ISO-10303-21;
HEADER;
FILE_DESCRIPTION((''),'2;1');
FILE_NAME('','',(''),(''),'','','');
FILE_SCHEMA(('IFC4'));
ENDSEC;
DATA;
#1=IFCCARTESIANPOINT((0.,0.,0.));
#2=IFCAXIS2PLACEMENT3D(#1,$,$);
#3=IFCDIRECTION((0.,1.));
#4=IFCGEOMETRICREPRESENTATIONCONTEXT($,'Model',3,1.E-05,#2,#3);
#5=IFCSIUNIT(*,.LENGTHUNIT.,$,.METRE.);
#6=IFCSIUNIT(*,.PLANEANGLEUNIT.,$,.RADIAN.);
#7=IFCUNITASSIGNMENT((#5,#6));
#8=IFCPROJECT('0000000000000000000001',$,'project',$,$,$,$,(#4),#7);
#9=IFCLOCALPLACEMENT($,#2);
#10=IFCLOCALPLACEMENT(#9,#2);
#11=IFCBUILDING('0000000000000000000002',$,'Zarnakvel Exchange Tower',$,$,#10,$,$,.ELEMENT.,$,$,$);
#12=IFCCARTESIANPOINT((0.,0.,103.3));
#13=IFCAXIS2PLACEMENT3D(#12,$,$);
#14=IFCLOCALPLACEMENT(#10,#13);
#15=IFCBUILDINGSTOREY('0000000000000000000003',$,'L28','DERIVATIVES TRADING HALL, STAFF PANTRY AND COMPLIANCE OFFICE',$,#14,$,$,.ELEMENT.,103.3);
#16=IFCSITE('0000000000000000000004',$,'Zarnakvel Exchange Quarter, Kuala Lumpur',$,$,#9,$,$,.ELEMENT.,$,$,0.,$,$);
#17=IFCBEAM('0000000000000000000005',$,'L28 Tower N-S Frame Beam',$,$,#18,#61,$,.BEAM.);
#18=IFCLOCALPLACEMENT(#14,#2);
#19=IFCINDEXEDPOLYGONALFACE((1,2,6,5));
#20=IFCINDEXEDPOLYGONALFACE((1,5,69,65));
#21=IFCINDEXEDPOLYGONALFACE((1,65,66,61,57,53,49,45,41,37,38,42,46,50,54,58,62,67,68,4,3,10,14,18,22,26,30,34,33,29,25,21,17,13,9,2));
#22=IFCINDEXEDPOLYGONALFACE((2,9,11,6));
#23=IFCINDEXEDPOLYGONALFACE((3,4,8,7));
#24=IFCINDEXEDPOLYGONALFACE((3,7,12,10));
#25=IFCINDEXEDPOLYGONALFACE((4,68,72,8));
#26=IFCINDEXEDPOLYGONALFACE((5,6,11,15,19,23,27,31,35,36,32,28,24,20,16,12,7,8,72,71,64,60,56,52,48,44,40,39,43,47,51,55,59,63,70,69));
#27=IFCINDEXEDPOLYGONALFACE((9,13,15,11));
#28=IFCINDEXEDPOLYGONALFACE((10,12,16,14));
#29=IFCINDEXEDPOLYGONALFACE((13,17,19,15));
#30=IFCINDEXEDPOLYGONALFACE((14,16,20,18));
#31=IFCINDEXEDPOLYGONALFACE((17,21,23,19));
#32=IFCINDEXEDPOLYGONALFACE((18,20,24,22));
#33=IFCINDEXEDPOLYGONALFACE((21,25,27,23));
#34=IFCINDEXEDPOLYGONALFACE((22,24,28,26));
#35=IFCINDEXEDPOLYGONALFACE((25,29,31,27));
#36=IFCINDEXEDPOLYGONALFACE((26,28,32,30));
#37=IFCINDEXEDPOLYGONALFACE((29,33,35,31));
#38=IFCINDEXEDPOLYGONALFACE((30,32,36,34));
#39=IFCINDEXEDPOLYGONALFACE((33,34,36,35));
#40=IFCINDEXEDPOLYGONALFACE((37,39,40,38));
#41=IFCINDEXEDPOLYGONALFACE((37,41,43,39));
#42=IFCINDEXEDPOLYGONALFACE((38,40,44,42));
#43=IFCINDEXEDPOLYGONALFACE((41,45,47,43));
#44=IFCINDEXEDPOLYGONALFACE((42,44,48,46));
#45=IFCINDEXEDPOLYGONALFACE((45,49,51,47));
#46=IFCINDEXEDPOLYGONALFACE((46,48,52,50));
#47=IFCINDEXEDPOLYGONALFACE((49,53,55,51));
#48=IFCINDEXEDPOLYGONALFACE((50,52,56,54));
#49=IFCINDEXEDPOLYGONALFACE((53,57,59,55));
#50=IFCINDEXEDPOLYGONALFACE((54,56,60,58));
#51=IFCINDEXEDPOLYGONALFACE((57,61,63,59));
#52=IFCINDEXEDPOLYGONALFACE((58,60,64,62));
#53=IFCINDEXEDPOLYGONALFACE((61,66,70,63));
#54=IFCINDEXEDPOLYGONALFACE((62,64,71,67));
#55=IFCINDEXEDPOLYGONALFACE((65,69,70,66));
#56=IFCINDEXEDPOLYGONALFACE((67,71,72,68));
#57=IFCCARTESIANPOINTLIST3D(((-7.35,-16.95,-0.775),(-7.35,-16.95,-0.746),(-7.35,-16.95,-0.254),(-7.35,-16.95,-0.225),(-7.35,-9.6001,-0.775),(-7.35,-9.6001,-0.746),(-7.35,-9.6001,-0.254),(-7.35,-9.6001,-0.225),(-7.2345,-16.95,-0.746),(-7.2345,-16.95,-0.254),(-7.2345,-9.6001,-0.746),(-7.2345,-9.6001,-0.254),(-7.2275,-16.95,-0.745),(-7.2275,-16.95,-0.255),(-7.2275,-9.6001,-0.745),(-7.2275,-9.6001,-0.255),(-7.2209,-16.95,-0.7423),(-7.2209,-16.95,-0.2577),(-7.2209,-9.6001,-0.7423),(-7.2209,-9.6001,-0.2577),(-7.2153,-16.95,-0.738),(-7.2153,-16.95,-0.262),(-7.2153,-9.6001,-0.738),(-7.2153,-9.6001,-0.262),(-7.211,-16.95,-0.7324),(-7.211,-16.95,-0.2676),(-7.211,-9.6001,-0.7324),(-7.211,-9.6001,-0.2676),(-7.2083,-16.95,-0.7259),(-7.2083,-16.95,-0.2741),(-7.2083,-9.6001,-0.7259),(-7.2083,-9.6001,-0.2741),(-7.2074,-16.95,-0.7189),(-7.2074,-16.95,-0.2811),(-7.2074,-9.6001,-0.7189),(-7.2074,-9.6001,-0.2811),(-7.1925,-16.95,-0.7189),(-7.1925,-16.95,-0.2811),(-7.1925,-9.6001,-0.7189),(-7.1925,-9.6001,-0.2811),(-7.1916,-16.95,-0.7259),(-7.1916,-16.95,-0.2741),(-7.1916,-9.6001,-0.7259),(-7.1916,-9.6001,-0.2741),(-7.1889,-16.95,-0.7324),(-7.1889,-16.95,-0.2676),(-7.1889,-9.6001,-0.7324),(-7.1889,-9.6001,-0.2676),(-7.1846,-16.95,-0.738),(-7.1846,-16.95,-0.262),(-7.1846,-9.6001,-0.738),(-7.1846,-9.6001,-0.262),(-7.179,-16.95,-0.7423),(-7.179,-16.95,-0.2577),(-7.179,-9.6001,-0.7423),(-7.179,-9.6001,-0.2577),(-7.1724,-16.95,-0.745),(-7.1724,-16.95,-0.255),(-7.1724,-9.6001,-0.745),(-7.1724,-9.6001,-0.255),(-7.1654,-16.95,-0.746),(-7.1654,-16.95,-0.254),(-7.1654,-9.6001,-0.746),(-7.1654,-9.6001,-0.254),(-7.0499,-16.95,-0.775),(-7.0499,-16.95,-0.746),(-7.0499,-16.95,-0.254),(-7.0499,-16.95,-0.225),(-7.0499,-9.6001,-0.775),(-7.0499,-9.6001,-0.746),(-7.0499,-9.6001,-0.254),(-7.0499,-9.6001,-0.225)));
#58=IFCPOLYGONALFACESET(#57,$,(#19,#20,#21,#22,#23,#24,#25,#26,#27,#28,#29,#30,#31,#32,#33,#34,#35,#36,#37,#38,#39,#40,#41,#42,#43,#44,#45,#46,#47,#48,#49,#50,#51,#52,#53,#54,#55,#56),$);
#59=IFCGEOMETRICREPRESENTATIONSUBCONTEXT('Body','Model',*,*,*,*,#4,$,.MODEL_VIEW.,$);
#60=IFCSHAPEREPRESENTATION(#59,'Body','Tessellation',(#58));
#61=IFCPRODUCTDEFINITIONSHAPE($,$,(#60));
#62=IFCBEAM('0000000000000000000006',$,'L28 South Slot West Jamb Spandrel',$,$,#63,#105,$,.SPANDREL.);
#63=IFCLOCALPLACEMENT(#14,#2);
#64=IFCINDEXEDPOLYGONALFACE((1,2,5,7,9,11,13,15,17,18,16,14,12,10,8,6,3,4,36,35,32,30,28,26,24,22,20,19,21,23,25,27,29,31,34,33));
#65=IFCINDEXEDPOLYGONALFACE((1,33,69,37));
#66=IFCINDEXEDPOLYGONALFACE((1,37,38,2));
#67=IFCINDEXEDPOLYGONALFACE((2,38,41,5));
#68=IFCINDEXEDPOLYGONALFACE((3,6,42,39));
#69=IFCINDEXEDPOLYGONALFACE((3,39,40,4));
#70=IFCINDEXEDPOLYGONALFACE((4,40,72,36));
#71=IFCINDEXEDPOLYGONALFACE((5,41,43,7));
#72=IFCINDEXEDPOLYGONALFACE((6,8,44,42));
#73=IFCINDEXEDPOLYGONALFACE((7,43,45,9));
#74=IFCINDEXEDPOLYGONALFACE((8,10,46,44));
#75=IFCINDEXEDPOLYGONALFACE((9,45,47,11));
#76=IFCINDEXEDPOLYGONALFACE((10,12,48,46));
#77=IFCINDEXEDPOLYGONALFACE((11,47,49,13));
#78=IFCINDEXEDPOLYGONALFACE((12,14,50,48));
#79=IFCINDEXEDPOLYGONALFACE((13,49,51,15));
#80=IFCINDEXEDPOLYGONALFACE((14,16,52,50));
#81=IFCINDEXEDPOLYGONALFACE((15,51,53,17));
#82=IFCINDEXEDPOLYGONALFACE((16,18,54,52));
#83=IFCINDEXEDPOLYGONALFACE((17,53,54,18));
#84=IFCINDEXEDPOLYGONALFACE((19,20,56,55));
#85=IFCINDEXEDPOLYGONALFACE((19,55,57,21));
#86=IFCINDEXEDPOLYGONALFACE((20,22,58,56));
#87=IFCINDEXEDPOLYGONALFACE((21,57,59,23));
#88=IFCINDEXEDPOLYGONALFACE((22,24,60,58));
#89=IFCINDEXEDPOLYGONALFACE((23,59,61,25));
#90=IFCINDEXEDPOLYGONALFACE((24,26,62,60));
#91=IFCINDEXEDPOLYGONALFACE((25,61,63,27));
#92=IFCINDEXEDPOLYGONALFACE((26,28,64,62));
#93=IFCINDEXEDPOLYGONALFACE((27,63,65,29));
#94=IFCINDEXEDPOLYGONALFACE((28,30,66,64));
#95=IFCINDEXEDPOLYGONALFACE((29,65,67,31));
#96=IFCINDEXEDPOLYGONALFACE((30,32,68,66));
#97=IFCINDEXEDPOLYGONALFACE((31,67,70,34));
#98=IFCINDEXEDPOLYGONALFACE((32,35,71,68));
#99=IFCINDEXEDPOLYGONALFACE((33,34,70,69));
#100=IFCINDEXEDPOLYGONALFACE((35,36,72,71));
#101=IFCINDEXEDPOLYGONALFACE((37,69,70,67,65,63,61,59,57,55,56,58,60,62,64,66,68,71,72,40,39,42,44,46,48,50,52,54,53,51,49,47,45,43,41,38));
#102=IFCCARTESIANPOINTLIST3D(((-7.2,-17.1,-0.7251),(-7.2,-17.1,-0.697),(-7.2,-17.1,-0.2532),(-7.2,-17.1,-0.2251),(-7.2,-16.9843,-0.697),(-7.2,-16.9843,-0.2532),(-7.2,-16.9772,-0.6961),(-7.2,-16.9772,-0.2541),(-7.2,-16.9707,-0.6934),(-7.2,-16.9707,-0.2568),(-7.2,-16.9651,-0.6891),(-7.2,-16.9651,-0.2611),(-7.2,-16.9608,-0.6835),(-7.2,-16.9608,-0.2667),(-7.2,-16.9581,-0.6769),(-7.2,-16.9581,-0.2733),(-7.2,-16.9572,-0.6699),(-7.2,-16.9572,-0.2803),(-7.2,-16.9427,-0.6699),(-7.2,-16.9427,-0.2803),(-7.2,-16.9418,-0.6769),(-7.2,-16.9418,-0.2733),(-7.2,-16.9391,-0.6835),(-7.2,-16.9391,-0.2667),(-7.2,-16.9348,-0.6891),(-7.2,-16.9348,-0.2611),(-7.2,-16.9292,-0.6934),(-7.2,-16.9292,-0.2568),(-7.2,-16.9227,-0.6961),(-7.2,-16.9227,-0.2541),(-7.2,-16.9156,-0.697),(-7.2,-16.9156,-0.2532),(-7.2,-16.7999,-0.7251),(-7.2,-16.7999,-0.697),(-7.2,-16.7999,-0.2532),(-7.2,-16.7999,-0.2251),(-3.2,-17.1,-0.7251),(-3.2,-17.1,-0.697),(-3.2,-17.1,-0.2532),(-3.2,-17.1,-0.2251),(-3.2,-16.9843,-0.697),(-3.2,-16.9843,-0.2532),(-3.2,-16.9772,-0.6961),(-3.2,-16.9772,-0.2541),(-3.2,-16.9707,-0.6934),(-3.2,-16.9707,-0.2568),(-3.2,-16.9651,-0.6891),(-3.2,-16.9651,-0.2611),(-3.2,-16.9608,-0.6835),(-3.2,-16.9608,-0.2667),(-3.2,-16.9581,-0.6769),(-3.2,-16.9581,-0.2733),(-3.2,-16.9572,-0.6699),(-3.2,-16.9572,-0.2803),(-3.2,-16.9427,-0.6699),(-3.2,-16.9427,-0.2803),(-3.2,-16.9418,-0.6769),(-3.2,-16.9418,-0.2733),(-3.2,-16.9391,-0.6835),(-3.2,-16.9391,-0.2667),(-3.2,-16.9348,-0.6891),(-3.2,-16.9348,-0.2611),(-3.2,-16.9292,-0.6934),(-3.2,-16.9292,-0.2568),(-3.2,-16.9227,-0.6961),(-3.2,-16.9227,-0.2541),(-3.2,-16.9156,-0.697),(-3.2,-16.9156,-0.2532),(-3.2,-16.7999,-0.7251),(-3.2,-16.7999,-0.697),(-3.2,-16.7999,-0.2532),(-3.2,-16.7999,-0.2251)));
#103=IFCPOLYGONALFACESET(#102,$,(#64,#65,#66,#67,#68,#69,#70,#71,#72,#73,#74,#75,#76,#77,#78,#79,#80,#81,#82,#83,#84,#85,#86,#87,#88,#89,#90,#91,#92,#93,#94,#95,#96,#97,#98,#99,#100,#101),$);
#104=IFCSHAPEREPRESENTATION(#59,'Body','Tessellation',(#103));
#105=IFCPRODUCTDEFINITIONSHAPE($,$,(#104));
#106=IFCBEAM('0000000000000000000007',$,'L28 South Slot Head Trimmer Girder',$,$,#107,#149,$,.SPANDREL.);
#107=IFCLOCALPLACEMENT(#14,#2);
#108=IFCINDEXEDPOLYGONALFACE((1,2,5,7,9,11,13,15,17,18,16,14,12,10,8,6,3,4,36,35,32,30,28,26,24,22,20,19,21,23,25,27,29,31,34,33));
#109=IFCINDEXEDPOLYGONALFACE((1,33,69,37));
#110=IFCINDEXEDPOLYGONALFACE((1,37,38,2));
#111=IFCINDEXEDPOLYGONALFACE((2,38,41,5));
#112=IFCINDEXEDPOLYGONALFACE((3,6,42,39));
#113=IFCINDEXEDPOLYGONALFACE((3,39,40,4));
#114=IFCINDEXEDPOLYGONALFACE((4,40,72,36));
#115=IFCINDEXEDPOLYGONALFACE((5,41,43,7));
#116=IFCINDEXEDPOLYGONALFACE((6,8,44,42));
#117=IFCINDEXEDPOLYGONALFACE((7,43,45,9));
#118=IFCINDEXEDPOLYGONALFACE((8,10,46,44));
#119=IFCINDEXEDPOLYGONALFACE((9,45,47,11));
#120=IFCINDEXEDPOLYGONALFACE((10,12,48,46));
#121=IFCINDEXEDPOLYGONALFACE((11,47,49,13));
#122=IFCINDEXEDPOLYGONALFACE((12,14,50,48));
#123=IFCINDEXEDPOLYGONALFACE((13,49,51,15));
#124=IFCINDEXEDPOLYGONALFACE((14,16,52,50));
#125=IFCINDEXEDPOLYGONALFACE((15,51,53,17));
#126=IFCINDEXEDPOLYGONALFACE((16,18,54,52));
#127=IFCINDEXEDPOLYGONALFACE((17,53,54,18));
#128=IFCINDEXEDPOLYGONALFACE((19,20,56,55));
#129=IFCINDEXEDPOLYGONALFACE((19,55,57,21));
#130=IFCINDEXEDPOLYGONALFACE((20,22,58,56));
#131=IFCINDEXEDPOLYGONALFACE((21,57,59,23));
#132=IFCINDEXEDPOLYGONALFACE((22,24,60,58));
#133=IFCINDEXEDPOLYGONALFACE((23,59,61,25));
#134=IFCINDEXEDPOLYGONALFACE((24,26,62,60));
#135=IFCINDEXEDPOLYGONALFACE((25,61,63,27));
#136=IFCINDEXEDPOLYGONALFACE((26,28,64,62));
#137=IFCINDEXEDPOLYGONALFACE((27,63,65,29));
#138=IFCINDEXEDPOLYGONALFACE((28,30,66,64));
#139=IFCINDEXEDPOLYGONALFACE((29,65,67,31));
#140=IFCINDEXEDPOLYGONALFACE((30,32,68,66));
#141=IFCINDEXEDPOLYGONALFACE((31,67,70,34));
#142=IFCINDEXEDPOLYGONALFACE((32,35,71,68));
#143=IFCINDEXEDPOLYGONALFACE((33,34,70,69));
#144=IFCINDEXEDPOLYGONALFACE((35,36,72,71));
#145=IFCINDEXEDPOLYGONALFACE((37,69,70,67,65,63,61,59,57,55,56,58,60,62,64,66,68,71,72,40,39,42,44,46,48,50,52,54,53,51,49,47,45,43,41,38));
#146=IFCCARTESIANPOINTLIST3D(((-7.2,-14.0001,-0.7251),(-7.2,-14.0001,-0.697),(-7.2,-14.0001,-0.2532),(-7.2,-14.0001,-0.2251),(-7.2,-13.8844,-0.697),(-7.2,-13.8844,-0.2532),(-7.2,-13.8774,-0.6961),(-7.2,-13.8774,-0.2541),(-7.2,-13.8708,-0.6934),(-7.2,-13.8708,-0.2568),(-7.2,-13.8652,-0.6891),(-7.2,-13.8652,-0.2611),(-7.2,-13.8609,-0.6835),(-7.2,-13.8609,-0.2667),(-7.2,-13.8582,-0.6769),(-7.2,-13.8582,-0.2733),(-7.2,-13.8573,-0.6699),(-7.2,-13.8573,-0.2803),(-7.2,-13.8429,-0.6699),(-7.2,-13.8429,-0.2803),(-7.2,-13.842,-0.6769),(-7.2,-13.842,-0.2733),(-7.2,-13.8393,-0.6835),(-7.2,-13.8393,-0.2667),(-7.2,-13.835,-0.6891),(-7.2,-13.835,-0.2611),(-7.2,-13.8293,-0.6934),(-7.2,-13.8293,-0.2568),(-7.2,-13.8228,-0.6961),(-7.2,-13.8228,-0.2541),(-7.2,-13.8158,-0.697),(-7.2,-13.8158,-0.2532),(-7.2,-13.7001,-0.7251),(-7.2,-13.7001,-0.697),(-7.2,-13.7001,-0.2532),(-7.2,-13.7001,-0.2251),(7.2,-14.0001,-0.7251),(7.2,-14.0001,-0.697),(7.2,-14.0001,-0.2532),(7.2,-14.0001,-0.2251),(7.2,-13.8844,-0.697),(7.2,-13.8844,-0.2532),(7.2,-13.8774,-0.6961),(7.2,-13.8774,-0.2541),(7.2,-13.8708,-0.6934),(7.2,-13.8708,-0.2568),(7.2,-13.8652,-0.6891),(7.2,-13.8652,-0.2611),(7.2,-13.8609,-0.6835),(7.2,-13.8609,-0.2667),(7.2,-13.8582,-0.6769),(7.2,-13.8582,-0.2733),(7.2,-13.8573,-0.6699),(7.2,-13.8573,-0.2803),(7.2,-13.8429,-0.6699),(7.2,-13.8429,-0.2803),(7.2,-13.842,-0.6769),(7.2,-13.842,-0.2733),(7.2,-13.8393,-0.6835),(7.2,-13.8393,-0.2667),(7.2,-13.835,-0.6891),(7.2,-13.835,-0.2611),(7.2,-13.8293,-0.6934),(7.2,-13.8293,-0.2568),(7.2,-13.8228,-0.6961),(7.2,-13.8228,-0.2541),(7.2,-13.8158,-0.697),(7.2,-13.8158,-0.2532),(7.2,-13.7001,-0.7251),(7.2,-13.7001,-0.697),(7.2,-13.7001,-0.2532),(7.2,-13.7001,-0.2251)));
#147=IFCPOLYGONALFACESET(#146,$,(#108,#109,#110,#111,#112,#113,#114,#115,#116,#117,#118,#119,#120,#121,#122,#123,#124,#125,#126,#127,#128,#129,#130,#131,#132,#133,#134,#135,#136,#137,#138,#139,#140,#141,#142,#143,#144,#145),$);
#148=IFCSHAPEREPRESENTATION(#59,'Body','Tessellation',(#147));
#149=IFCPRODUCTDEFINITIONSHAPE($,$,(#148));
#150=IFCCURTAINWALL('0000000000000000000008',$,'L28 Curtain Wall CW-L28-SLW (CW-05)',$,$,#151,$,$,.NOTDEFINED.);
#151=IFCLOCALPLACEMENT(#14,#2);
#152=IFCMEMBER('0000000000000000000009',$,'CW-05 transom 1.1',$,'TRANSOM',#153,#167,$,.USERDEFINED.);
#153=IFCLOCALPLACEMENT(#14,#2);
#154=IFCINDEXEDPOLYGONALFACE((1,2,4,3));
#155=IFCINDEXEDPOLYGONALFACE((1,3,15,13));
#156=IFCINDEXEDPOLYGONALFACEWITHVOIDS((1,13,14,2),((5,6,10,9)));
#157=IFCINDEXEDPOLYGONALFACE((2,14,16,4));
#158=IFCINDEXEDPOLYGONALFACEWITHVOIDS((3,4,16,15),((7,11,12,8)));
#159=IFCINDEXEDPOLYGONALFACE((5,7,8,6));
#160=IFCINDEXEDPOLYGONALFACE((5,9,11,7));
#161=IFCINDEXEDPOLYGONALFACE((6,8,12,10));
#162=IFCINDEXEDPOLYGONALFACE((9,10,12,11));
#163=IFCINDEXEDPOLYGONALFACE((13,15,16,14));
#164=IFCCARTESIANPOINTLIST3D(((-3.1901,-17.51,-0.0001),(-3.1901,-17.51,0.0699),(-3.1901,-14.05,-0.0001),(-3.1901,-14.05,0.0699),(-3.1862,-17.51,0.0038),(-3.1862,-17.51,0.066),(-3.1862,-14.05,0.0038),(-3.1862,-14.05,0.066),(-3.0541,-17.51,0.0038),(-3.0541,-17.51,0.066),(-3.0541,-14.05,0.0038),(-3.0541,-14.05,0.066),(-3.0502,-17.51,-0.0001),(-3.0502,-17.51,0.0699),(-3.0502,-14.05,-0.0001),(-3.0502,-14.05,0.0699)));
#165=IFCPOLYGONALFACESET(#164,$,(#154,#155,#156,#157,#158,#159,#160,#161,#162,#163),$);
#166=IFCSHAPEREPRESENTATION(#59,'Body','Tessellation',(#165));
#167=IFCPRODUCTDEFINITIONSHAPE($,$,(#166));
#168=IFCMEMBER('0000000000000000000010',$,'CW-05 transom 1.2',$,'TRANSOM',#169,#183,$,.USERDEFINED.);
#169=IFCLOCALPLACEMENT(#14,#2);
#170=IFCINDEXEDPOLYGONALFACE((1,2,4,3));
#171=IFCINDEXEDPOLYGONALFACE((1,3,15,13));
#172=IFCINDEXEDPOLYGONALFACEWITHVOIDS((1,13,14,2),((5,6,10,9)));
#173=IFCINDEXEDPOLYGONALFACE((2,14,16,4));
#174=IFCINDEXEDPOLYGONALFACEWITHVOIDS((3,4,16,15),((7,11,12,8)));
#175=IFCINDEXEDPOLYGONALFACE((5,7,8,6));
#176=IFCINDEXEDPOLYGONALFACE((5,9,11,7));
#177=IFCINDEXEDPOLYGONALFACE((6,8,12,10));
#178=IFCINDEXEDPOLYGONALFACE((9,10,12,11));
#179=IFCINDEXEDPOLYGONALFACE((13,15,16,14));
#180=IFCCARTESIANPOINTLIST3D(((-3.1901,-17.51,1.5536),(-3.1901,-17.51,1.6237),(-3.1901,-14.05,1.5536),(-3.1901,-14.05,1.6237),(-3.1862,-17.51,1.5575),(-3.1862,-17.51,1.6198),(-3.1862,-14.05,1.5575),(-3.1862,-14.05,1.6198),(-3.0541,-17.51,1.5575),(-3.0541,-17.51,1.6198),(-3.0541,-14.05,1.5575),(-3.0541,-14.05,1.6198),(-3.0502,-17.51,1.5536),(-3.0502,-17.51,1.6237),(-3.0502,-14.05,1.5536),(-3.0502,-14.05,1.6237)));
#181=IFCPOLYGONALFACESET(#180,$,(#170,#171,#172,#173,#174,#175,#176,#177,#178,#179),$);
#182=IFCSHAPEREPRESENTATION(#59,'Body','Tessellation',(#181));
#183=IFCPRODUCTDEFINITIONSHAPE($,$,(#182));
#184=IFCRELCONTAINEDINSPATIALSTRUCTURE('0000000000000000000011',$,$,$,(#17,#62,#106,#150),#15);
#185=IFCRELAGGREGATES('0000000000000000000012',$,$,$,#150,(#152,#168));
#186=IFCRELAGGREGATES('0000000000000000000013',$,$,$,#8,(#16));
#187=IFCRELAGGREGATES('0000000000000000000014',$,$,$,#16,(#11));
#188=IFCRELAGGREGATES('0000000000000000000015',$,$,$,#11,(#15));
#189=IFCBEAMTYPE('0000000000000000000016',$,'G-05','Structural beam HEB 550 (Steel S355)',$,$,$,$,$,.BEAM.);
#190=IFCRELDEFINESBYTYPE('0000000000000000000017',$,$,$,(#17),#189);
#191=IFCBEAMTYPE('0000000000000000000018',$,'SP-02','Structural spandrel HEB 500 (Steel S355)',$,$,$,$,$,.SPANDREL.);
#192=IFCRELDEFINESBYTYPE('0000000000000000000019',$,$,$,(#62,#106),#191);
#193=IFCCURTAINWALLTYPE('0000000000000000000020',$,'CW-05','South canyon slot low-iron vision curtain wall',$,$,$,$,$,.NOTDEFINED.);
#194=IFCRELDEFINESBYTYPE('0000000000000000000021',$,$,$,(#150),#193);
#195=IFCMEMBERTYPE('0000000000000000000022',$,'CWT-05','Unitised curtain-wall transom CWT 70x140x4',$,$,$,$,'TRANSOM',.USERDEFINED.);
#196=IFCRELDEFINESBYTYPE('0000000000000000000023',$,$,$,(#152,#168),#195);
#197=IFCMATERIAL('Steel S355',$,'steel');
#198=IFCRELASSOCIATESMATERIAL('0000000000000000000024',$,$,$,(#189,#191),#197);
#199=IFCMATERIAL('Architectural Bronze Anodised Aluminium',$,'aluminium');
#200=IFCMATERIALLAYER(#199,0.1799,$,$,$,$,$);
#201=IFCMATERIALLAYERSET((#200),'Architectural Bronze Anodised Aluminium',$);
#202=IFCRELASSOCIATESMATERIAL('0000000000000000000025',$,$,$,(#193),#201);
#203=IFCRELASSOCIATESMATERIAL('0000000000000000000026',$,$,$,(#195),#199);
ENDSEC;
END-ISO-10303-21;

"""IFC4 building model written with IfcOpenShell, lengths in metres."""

from ifc_helpers import new_model, si_unit, direction, frame, origin, origin_2d, place, context, subcontext, project, spatial, hollow_rectangle, i_section, extrude, source, transform, mapped, material, layer, layer_set, material_profile, profile_set, type_object, element, aggregate, save


model = new_model("IFC4")

# Units and contexts
model_context = context("Model", 3, precision=1e-05, world=origin(), true_north=direction((0.0, 1.0)))
body_context = subcontext(model_context, "Body", "Model", "MODEL_VIEW")
ifc_project = project(units=[si_unit("LENGTHUNIT", "METRE"), si_unit("PLANEANGLEUNIT", "RADIAN")], contexts=[model_context])

# Site, building, storey
site_placement = place(None, origin())
site = spatial("IfcSite", under=ifc_project, at=site_placement, Name="Zarnakvel Exchange Quarter, Kuala Lumpur", CompositionType="ELEMENT", RefElevation=0.0)
building_placement = place(site_placement, origin())
building = spatial("IfcBuilding", under=site, at=building_placement, Name="Zarnakvel Exchange Tower", CompositionType="ELEMENT")
storey_placement = place(building_placement, frame((0.0, 0.0, 103.3)))
storey = spatial("IfcBuildingStorey", under=building, at=storey_placement, Name="L28", Description="DERIVATIVES TRADING HALL, STAFF PANTRY AND COMPLIANCE OFFICE", CompositionType="ELEMENT", Elevation=103.3)

# Beams
ifc_material_1 = material(Name="Steel S355", Category="steel")
ifc_material_profile_1 = material_profile(ifc_material_1, i_section(OverallWidth=0.3, OverallDepth=0.55, WebThickness=0.0149, FlangeThickness=0.0291, FilletRadius=0.0271, at=origin_2d()))
ifc_profile_set_1 = profile_set([ifc_material_profile_1], Name="Steel S355")
beam_type_1 = type_object("IfcBeamType", Name="G-05", Description="Structural beam HEB 550 (Steel S355)", PredefinedType="BEAM", material=ifc_profile_set_1)
for number, where, z_axis, x_axis, name in (
    (1, (-7.2, -16.95, -0.5), (0.0, 1.0, 0.0), (-1.0, 0.0, 0.0), "L28 Tower N-S Frame Beam"),
):
    element("IfcBeam", number, at=place(storey_placement, frame(where, z_axis=z_axis, x_axis=x_axis)), inside=storey, type_object=beam_type_1, Name=name, PredefinedType="BEAM", context=body_context, shape_type="SweptSolid", body=[
        extrude(i_section(OverallWidth=0.3, OverallDepth=0.55, WebThickness=0.0149, FlangeThickness=0.0291, FilletRadius=0.0271, at=origin_2d()), origin(), (0.0, 0.0, 1.0), 7.3499),
    ])
ifc_material_profile_2 = material_profile(ifc_material_1, i_section(OverallWidth=0.3, OverallDepth=0.5, WebThickness=0.0144, FlangeThickness=0.0281, FilletRadius=0.0271, at=origin_2d()))
ifc_profile_set_2 = profile_set([ifc_material_profile_2], Name="Steel S355")
beam_type_2 = type_object("IfcBeamType", Name="SP-02", Description="Structural spandrel HEB 500 (Steel S355)", PredefinedType="SPANDREL", material=ifc_profile_set_2)
beam_1_placement = place(storey_placement, frame((-7.2, -16.95, -0.4751), z_axis=(1.0, 0.0, 0.0), x_axis=(0.0, 1.0, 0.0)))
element("IfcBeam", 2, at=beam_1_placement, inside=storey, type_object=beam_type_2, Name="L28 South Slot West Jamb Spandrel", PredefinedType="SPANDREL", context=body_context, shape_type="SweptSolid", body=[
    extrude(i_section(OverallWidth=0.3, OverallDepth=0.5, WebThickness=0.0144, FlangeThickness=0.0281, FilletRadius=0.0271, at=origin_2d()), origin(), (0.0, 0.0, 1.0), 4.0),
])
beam_2_placement = place(storey_placement, frame((-7.2, -13.8501, -0.4751), z_axis=(1.0, 0.0, 0.0), x_axis=(0.0, 1.0, 0.0)))
element("IfcBeam", 3, at=beam_2_placement, inside=storey, type_object=beam_type_2, Name="L28 South Slot Head Trimmer Girder", PredefinedType="SPANDREL", context=body_context, shape_type="SweptSolid", body=[
    extrude(i_section(OverallWidth=0.3, OverallDepth=0.5, WebThickness=0.0144, FlangeThickness=0.0281, FilletRadius=0.0271, at=origin_2d()), origin(), (0.0, 0.0, 1.0), 14.3999),
])

# Curtain wall, members
ifc_material_2 = material(Name="Architectural Bronze Anodised Aluminium", Category="aluminium")
ifc_layer_1 = layer(ifc_material_2, 0.1799)
ifc_layer_set_1 = layer_set([ifc_layer_1], Name="Architectural Bronze Anodised Aluminium")
curtain_wall_type = type_object("IfcCurtainWallType", Name="CW-05", Description="South canyon slot low-iron vision curtain wall", PredefinedType="NOTDEFINED", material=ifc_layer_set_1)
curtain_wall_1_placement = place(storey_placement, origin())
curtain_wall_1 = element("IfcCurtainWall", 4, at=curtain_wall_1_placement, inside=storey, type_object=curtain_wall_type, Name="L28 Curtain Wall CW-L28-SLW (CW-05)", PredefinedType="NOTDEFINED")
ifc_material_profile_3 = material_profile(ifc_material_2, hollow_rectangle(XDim=0.1399, YDim=0.0701, WallThickness=0.0039, at=origin_2d()))
ifc_profile_set_3 = profile_set([ifc_material_profile_3], Name="Architectural Bronze Anodised Aluminium")
member_type_1 = type_object("IfcMemberType", Name="CWT-05", Description="Unitised curtain-wall transom CWT 70x140x4", ElementType="TRANSOM", PredefinedType="USERDEFINED", material=ifc_profile_set_3)
shared_shape_1 = source(origin(), body_context, "Body", "SweptSolid", [
    extrude(hollow_rectangle(XDim=0.1399, YDim=0.0701, WallThickness=0.0039, at=origin_2d()), origin(), (0.0, 0.0, 1.0), 3.46),
])
member_1_placement = place(storey_placement, frame((-3.1201, -17.51, 0.0349), z_axis=(0.0, 1.0, 0.0), x_axis=(-1.0, 0.0, 0.0)))
member_1 = element("IfcMember", 5, at=member_1_placement, type_object=member_type_1, Name="CW-05 transom 1.1", ObjectType="TRANSOM", PredefinedType="USERDEFINED", context=body_context, shape_type="MappedRepresentation", body=[
    mapped(shared_shape_1, transform((0.0, 0.0, 0.0), x_axis=(1.0, 0.0, 0.0), y_axis=(0.0, 1.0, 0.0), z_axis=(0.0, 0.0, 1.0), scale=1.0)),
])
member_2_placement = place(storey_placement, frame((-3.1201, -17.51, 1.5886), z_axis=(0.0, 1.0, 0.0), x_axis=(-1.0, 0.0, 0.0)))
member_2 = element("IfcMember", 6, at=member_2_placement, type_object=member_type_1, Name="CW-05 transom 1.2", ObjectType="TRANSOM", PredefinedType="USERDEFINED", context=body_context, shape_type="MappedRepresentation", body=[
    mapped(shared_shape_1, transform((0.0, 0.0, 0.0), x_axis=(1.0, 0.0, 0.0), y_axis=(0.0, 1.0, 0.0), z_axis=(0.0, 0.0, 1.0), scale=1.0)),
])

aggregate(curtain_wall_1, [member_1, member_2])

save(model, "model.ifc")
